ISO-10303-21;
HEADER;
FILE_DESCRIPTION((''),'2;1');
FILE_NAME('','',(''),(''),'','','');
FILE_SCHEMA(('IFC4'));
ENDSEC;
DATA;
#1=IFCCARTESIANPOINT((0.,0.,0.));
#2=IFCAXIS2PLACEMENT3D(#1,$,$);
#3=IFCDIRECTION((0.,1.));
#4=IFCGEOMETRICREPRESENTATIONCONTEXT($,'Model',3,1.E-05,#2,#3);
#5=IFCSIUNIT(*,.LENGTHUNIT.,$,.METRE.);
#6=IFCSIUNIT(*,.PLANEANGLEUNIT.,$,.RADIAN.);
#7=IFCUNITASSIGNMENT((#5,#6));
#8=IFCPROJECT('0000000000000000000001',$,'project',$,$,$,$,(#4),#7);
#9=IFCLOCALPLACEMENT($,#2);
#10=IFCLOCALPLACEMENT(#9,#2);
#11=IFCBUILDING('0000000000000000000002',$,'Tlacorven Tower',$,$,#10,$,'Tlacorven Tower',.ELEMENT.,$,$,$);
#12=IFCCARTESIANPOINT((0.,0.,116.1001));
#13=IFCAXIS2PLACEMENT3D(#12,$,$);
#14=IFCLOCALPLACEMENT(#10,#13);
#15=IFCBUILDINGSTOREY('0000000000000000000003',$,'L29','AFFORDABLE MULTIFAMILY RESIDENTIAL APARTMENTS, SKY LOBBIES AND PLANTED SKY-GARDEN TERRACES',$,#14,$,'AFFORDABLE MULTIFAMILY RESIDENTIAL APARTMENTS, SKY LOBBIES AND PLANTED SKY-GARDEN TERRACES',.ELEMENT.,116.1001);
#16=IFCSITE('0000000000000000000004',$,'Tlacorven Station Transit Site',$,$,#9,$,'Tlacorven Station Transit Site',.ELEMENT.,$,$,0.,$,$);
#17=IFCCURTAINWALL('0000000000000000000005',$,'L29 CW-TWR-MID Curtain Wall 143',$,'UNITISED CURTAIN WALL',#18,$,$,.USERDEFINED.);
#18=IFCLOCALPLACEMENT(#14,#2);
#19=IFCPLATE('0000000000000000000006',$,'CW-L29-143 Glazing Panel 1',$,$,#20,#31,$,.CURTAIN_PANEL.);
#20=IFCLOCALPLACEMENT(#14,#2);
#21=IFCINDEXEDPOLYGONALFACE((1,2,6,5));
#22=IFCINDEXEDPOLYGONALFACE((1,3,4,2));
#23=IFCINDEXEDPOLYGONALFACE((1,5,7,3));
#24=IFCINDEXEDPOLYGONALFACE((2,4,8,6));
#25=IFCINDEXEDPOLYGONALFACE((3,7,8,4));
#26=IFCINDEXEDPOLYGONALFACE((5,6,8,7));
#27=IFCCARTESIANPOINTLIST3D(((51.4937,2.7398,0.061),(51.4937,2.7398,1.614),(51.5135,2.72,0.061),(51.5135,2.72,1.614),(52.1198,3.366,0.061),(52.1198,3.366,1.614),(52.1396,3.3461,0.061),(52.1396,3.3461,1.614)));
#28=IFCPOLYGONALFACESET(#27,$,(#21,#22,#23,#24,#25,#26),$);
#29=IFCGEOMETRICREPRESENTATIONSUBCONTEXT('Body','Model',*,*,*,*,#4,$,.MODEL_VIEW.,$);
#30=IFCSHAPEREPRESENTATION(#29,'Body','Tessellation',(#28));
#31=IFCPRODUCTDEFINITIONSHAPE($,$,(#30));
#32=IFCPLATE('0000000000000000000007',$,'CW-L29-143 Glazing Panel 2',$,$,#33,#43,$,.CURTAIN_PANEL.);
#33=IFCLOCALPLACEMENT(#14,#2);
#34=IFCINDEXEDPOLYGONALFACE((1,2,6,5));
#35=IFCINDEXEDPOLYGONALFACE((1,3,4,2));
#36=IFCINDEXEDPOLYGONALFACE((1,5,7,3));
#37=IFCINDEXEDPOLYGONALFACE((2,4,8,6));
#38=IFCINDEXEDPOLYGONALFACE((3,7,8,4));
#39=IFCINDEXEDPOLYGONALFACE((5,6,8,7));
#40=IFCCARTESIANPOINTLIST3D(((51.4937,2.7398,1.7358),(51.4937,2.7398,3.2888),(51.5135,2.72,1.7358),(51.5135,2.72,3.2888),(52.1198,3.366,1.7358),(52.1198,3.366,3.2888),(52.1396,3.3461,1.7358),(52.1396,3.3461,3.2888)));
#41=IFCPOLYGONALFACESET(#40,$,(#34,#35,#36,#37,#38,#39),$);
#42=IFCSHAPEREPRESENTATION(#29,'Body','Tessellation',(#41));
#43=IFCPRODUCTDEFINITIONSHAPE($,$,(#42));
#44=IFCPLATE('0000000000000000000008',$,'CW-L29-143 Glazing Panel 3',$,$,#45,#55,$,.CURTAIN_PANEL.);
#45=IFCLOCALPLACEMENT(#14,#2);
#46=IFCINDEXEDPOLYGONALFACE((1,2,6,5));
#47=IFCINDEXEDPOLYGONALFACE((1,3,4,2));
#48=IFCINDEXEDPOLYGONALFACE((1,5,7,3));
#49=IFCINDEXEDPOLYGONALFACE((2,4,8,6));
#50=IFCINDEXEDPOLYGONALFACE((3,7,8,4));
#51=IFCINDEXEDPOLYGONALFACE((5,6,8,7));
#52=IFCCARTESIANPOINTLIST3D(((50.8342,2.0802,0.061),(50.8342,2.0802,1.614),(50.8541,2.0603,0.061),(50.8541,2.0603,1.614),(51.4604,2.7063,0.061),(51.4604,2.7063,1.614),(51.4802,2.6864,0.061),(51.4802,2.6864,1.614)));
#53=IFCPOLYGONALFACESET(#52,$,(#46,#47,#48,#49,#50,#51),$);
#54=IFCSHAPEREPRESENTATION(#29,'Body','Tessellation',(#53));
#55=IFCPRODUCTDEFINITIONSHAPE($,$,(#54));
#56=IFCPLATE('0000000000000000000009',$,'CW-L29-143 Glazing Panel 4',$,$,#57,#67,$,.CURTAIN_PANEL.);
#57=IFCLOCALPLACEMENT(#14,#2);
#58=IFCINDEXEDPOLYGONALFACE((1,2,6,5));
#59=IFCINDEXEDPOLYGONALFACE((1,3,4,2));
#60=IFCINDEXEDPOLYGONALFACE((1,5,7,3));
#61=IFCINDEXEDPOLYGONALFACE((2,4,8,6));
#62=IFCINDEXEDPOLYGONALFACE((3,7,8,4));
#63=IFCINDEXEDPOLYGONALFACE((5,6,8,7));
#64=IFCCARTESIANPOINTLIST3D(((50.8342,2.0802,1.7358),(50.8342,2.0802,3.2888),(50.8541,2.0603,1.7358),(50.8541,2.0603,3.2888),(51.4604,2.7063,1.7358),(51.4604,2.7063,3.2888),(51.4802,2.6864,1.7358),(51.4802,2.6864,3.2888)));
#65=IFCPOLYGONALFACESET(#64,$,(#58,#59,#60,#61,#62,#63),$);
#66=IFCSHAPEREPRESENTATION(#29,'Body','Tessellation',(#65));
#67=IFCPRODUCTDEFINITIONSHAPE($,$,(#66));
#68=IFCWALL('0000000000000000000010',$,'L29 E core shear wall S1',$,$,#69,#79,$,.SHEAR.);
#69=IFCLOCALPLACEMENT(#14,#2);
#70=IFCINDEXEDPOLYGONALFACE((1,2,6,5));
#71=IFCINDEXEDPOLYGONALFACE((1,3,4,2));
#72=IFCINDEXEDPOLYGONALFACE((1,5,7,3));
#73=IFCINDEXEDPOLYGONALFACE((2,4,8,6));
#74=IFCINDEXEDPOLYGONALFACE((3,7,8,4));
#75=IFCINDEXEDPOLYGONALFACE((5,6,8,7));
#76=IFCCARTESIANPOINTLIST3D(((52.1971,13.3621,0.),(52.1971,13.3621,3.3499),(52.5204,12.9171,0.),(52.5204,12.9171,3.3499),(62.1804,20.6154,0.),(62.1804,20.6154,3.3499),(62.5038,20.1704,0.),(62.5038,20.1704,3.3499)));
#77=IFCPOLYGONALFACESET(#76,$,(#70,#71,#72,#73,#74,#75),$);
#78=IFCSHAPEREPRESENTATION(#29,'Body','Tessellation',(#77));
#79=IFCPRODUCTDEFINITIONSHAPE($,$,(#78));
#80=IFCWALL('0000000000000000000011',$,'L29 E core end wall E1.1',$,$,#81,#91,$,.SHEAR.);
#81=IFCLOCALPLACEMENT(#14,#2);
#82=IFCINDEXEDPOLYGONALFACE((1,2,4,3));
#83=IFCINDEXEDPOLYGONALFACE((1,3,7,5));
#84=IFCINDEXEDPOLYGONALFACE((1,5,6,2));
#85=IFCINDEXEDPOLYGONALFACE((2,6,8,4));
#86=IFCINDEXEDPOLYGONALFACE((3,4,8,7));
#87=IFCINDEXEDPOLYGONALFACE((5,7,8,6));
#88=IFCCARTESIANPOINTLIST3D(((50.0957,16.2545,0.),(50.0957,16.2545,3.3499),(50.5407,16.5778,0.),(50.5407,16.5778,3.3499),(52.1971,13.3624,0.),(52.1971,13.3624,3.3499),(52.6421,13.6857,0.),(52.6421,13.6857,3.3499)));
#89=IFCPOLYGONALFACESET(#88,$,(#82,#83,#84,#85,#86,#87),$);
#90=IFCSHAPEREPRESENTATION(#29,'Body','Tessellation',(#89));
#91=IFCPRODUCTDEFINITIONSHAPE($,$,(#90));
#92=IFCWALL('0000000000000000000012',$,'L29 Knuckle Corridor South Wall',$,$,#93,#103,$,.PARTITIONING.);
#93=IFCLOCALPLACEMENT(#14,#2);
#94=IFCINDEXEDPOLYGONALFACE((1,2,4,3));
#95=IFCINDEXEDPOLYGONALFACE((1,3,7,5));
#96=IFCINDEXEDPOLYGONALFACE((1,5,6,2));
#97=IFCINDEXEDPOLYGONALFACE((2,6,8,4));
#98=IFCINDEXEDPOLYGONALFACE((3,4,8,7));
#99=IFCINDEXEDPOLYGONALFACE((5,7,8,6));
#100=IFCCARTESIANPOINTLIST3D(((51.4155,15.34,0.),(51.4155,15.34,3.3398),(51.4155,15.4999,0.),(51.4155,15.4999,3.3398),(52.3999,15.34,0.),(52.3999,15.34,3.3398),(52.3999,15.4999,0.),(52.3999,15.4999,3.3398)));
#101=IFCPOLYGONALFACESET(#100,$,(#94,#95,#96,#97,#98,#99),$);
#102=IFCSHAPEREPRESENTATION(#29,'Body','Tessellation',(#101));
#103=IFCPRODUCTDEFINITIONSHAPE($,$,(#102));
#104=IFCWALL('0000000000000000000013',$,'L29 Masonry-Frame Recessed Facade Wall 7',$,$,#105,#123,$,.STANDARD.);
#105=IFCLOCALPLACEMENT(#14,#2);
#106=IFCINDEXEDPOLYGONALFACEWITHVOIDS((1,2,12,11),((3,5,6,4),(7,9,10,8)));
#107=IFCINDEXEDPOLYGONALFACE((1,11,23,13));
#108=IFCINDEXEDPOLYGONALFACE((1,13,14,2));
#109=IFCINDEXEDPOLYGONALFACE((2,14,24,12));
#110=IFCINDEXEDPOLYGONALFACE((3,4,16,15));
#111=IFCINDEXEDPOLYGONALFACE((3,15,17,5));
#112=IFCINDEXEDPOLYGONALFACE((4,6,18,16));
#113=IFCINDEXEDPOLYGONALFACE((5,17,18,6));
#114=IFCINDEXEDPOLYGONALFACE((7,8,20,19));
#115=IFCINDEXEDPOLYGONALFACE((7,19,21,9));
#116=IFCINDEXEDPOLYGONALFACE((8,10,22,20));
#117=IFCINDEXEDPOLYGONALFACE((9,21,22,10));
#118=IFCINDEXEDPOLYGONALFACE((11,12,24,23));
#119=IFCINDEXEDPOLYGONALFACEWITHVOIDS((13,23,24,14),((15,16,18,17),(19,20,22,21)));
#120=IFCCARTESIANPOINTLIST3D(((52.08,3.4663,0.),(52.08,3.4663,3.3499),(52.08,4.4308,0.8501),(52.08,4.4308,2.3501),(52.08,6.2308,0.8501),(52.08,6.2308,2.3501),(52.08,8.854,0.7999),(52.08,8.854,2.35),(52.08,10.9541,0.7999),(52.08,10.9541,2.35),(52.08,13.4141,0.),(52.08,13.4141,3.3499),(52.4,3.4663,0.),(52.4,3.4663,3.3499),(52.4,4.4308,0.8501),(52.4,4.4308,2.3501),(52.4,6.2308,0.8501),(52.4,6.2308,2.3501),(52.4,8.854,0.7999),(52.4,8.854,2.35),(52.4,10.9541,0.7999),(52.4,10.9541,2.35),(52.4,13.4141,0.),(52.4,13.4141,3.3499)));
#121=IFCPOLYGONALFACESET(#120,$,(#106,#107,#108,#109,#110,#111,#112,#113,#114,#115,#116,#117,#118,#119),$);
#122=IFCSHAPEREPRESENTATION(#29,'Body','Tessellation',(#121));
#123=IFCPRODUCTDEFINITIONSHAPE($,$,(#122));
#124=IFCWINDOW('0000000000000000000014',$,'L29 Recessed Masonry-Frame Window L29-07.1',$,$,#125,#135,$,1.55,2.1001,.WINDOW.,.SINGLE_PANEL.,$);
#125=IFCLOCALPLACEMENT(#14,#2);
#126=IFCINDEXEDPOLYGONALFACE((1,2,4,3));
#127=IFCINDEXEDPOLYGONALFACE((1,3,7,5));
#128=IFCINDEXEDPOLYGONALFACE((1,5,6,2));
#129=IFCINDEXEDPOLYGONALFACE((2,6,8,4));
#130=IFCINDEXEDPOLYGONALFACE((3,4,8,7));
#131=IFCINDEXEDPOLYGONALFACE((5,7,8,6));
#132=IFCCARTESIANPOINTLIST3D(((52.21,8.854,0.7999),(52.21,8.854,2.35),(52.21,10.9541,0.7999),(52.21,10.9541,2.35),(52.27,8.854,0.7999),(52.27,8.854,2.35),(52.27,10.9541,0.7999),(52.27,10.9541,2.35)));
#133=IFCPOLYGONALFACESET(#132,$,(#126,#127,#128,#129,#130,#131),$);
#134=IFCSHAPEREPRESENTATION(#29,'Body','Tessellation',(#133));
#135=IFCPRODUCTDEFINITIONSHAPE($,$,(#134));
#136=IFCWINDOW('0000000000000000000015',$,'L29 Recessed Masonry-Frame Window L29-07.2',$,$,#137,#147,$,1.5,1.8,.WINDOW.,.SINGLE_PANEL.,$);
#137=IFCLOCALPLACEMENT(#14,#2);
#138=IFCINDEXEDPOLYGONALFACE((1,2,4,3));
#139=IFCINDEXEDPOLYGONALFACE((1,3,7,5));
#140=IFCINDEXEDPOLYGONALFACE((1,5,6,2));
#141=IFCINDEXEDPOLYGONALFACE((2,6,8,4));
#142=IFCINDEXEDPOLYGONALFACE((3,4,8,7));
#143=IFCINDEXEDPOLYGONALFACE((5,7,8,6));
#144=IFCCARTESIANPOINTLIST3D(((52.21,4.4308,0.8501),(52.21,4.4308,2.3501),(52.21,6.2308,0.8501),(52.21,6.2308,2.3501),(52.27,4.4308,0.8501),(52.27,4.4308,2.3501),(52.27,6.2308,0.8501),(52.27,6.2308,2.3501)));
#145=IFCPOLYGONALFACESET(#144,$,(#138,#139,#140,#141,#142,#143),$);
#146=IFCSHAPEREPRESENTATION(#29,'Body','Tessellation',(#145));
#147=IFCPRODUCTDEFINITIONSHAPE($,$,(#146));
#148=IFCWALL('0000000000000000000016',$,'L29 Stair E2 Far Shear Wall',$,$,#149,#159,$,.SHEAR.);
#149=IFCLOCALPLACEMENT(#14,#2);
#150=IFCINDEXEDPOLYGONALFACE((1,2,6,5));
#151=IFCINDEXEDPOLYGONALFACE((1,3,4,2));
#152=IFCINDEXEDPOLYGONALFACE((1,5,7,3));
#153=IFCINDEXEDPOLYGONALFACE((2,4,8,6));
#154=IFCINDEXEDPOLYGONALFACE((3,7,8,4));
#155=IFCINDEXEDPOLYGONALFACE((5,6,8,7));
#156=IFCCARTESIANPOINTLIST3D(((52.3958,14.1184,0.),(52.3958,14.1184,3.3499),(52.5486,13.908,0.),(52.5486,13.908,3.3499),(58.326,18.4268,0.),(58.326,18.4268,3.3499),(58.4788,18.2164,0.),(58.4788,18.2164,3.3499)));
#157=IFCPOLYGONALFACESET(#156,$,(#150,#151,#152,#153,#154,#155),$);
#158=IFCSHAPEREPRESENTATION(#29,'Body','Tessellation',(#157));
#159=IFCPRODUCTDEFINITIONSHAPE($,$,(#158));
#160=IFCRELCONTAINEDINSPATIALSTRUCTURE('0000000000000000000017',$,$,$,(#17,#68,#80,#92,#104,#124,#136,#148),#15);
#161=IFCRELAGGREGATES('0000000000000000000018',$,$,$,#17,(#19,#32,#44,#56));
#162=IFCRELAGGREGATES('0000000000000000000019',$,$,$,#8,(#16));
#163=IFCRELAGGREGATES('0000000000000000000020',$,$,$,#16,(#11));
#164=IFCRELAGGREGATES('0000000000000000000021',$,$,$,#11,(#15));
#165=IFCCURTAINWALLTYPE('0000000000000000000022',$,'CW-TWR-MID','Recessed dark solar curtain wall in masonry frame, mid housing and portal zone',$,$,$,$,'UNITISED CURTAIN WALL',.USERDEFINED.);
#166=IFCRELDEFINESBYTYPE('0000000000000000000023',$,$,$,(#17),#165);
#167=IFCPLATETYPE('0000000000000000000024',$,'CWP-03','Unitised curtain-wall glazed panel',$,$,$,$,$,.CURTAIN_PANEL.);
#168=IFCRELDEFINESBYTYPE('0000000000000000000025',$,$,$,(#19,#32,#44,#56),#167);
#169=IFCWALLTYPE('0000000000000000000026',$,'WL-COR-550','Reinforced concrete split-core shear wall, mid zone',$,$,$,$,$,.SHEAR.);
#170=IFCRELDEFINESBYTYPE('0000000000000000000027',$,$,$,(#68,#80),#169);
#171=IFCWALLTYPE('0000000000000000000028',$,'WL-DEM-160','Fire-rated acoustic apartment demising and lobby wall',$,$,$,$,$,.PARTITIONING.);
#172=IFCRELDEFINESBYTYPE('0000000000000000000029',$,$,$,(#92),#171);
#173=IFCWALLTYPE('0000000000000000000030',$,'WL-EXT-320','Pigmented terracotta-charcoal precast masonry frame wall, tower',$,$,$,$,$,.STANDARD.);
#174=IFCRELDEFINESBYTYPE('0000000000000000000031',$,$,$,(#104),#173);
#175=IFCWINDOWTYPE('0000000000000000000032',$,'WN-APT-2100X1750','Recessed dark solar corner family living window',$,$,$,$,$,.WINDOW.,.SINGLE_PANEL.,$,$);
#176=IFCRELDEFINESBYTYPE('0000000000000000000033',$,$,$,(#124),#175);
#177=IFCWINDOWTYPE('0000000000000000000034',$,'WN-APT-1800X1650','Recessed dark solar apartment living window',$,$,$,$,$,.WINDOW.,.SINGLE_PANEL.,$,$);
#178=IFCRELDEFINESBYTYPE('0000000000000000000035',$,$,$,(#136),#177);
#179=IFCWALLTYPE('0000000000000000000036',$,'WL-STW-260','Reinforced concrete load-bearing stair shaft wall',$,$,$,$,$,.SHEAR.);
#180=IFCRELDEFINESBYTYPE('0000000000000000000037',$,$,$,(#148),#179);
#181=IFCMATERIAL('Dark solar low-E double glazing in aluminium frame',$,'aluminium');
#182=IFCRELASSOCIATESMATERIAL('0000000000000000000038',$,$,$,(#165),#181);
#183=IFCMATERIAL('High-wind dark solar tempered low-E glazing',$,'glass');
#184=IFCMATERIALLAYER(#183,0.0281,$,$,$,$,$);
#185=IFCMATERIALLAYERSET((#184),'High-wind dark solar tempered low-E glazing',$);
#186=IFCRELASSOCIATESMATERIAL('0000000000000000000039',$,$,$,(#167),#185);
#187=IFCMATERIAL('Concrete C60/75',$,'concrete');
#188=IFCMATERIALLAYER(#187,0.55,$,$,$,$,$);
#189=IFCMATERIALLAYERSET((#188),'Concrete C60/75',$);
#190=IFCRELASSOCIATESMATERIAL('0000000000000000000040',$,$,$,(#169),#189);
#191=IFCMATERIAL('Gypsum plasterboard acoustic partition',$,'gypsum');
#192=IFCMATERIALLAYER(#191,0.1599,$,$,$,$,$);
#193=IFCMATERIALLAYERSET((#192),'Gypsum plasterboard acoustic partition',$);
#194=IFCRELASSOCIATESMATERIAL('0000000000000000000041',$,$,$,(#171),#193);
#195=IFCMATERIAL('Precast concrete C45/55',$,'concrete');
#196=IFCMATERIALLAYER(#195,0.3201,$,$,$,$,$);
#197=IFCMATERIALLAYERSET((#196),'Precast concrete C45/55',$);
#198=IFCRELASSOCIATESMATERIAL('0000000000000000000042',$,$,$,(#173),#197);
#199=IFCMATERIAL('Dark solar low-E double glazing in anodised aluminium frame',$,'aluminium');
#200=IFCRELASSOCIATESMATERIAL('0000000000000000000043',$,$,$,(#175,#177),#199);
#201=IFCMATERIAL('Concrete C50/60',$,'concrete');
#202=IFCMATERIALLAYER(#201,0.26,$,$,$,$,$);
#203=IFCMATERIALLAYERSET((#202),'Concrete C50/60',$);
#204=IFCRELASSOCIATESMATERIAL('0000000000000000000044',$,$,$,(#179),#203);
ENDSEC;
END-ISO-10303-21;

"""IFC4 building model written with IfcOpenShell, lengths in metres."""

from ifc_helpers import new_model, si_unit, direction, frame, frame_2d, origin, origin_2d, place, context, subcontext, project, spatial, rectangle, extrude, source, transform, mapped, material, layer, layer_set, type_object, element, fill, aggregate, save


model = new_model("IFC4")

# Units and contexts
model_context = context("Model", 3, precision=1e-05, world=origin(), true_north=direction((0.0, 1.0)))
body_context = subcontext(model_context, "Body", "Model", "MODEL_VIEW")
ifc_project = project(units=[si_unit("LENGTHUNIT", "METRE"), si_unit("PLANEANGLEUNIT", "RADIAN")], contexts=[model_context])

# Site, building, storey
site_placement = place(None, origin())
site = spatial("IfcSite", under=ifc_project, at=site_placement, Name="Tlacorven Station Transit Site", LongName="Tlacorven Station Transit Site", CompositionType="ELEMENT", RefElevation=0.0)
building_placement = place(site_placement, origin())
building = spatial("IfcBuilding", under=site, at=building_placement, Name="Tlacorven Tower", LongName="Tlacorven Tower", CompositionType="ELEMENT")
storey_placement = place(building_placement, frame((0.0, 0.0, 116.1001)))
storey = spatial("IfcBuildingStorey", under=building, at=storey_placement, Name="L29", Description="AFFORDABLE MULTIFAMILY RESIDENTIAL APARTMENTS, SKY LOBBIES AND PLANTED SKY-GARDEN TERRACES", LongName="AFFORDABLE MULTIFAMILY RESIDENTIAL APARTMENTS, SKY LOBBIES AND PLANTED SKY-GARDEN TERRACES", CompositionType="ELEMENT", Elevation=116.1001)

# Curtain wall, plates
ifc_material_1 = material(Name="Dark solar low-E double glazing in aluminium frame", Category="aluminium")
curtain_wall_type = type_object("IfcCurtainWallType", Name="CW-TWR-MID", Description="Recessed dark solar curtain wall in masonry frame, mid housing and portal zone", ElementType="UNITISED CURTAIN WALL", PredefinedType="USERDEFINED", material=ifc_material_1)
curtain_wall_placement = place(storey_placement, origin())
curtain_wall = element("IfcCurtainWall", 1, at=curtain_wall_placement, inside=storey, type_object=curtain_wall_type, Name="L29 CW-TWR-MID Curtain Wall 143", ObjectType="UNITISED CURTAIN WALL", PredefinedType="USERDEFINED")
ifc_material_2 = material(Name="High-wind dark solar tempered low-E glazing", Category="glass")
ifc_layer_1 = layer(ifc_material_2, 0.0281)
ifc_layer_set_1 = layer_set([ifc_layer_1], Name="High-wind dark solar tempered low-E glazing")
plate_type = type_object("IfcPlateType", Name="CWP-03", Description="Unitised curtain-wall glazed panel", PredefinedType="CURTAIN_PANEL", material=ifc_layer_set_1)
shared_shape_1 = source(origin(), body_context, "Body", "SweptSolid", [
    extrude(rectangle(XDim=0.8855, YDim=0.0281, at=origin_2d()), origin(), (0.0, 0.0, 1.0), 1.553),
])
plate_1_placement = place(storey_placement, frame((51.8167, 3.043, 0.061), z_axis=(0.0, 0.0, 1.0), x_axis=(-0.707107, -0.707107, 0.0)))
plate_1 = element("IfcPlate", 2, at=plate_1_placement, type_object=plate_type, Name="CW-L29-143 Glazing Panel 1", PredefinedType="CURTAIN_PANEL", context=body_context, shape_type="MappedRepresentation", body=[
    mapped(shared_shape_1, transform((0.0, 0.0, 0.0), scale=1.0)),
])
plate_2_placement = place(storey_placement, frame((51.8167, 3.043, 1.7358), z_axis=(0.0, 0.0, 1.0), x_axis=(-0.707107, -0.707107, 0.0)))
plate_2 = element("IfcPlate", 3, at=plate_2_placement, type_object=plate_type, Name="CW-L29-143 Glazing Panel 2", PredefinedType="CURTAIN_PANEL", context=body_context, shape_type="MappedRepresentation", body=[
    mapped(shared_shape_1, transform((0.0, 0.0, 0.0), scale=1.0)),
])
plate_3_placement = place(storey_placement, frame((51.1572, 2.3833, 0.061), z_axis=(0.0, 0.0, 1.0), x_axis=(-0.707107, -0.707107, 0.0)))
plate_3 = element("IfcPlate", 4, at=plate_3_placement, type_object=plate_type, Name="CW-L29-143 Glazing Panel 3", PredefinedType="CURTAIN_PANEL", context=body_context, shape_type="MappedRepresentation", body=[
    mapped(shared_shape_1, transform((0.0, 0.0, 0.0), scale=1.0)),
])
plate_4_placement = place(storey_placement, frame((51.1572, 2.3833, 1.7358), z_axis=(0.0, 0.0, 1.0), x_axis=(-0.707107, -0.707107, 0.0)))
plate_4 = element("IfcPlate", 5, at=plate_4_placement, type_object=plate_type, Name="CW-L29-143 Glazing Panel 4", PredefinedType="CURTAIN_PANEL", context=body_context, shape_type="MappedRepresentation", body=[
    mapped(shared_shape_1, transform((0.0, 0.0, 0.0), scale=1.0)),
])
aggregate(curtain_wall, [plate_1, plate_2, plate_3, plate_4])

# Walls
ifc_material_3 = material(Name="Concrete C60/75", Category="concrete")
ifc_layer_2 = layer(ifc_material_3, 0.55)
ifc_layer_set_2 = layer_set([ifc_layer_2], Name="Concrete C60/75")
wall_type_1 = type_object("IfcWallType", Name="WL-COR-550", Description="Reinforced concrete split-core shear wall, mid zone", PredefinedType="SHEAR", material=ifc_layer_set_2)
wall_1_placement = place(storey_placement, frame((52.3589, 13.1396, 0.0), z_axis=(0.0, 0.0, 1.0), x_axis=(0.809015, 0.587788, 0.0)))
element("IfcWall", 6, at=wall_1_placement, inside=storey, type_object=wall_type_1, Name="L29 E core shear wall S1", PredefinedType="SHEAR", context=body_context, shape_type="SweptSolid", body=[
    extrude(rectangle(XDim=12.3401, YDim=0.55, at=frame_2d((6.1699, 0.0))), origin(), (0.0, 0.0, 1.0), 3.3499),
])
wall_2_placement = place(storey_placement, frame((52.4197, 13.5239, 0.0), z_axis=(0.0, 0.0, 1.0), x_axis=(-0.587802, 0.809005, 0.0)))
element("IfcWall", 7, at=wall_2_placement, inside=storey, type_object=wall_type_1, Name="L29 E core end wall E1.1", PredefinedType="SHEAR", context=body_context, shape_type="SweptSolid", body=[
    extrude(rectangle(XDim=3.575, YDim=0.55, at=frame_2d((1.7876, 0.0))), origin(), (0.0, 0.0, 1.0), 3.3499),
])
ifc_material_4 = material(Name="Gypsum plasterboard acoustic partition", Category="gypsum")
ifc_layer_3 = layer(ifc_material_4, 0.1599)
ifc_layer_set_3 = layer_set([ifc_layer_3], Name="Gypsum plasterboard acoustic partition")
wall_type_2 = type_object("IfcWallType", Name="WL-DEM-160", Description="Fire-rated acoustic apartment demising and lobby wall", PredefinedType="PARTITIONING", material=ifc_layer_set_3)
wall_3_placement = place(storey_placement, frame((51.4155, 15.4199, 0.0), z_axis=(0.0, 0.0, 1.0), x_axis=(1.0, 0.0, 0.0)))
element("IfcWall", 8, at=wall_3_placement, inside=storey, type_object=wall_type_2, Name="L29 Knuckle Corridor South Wall", PredefinedType="PARTITIONING", context=body_context, shape_type="SweptSolid", body=[
    extrude(rectangle(XDim=0.9844, YDim=0.1599, at=frame_2d((0.4922, 0.0))), origin(), (0.0, 0.0, 1.0), 3.3398),
])

# Wall, openings, windows
ifc_material_5 = material(Name="Precast concrete C45/55", Category="concrete")
ifc_layer_4 = layer(ifc_material_5, 0.3201)
ifc_layer_set_4 = layer_set([ifc_layer_4], Name="Precast concrete C45/55")
wall_type_3 = type_object("IfcWallType", Name="WL-EXT-320", Description="Pigmented terracotta-charcoal precast masonry frame wall, tower", PredefinedType="STANDARD", material=ifc_layer_set_4)
wall_4_placement = place(storey_placement, frame((52.24, 13.4141, 0.0), z_axis=(0.0, 0.0, 1.0), x_axis=(0.0, -1.0, 0.0)))
wall_4 = element("IfcWall", 9, at=wall_4_placement, inside=storey, type_object=wall_type_3, Name="L29 Masonry-Frame Recessed Facade Wall 7", PredefinedType="STANDARD", context=body_context, shape_type="SweptSolid", body=[
    extrude(rectangle(XDim=9.9478, YDim=0.3201, at=frame_2d((4.9739, 0.0))), origin(), (0.0, 0.0, 1.0), 3.3499),
])
opening_1_placement = place(wall_4_placement, frame((2.46, 0.0, 0.8)))
opening_1 = element("IfcOpeningElement", 10, at=opening_1_placement, cuts=wall_4, PredefinedType="OPENING", context=body_context, shape_type="SweptSolid", body=[
    extrude(rectangle(XDim=2.1001, YDim=1.55, at=frame_2d((1.05, 0.7749))), frame((0.0, 0.1699, 0.0), z_axis=(0.0, -1.0, 0.0), x_axis=(1.0, 0.0, 0.0)), (0.0, 0.0, 1.0), 0.3401),
])
opening_2_placement = place(wall_4_placement, frame((7.1833, 0.0, 0.8501)))
opening_2 = element("IfcOpeningElement", 11, at=opening_2_placement, cuts=wall_4, PredefinedType="OPENING", context=body_context, shape_type="SweptSolid", body=[
    extrude(rectangle(XDim=1.8, YDim=1.5, at=frame_2d((0.8999, 0.75))), frame((0.0, 0.1699, 0.0), z_axis=(0.0, -1.0, 0.0), x_axis=(1.0, 0.0, 0.0)), (0.0, 0.0, 1.0), 0.3401),
])
ifc_material_6 = material(Name="Dark solar low-E double glazing in anodised aluminium frame", Category="aluminium")
window_type_1 = type_object("IfcWindowType", Name="WN-APT-2100X1750", Description="Recessed dark solar corner family living window", PartitioningType="SINGLE_PANEL", PredefinedType="WINDOW", material=ifc_material_6)
shared_shape_2 = source(origin(), body_context, "Body", "SweptSolid", [
    extrude(rectangle(XDim=2.1001, YDim=1.55, at=frame_2d((1.05, 0.7749))), frame((0.0, 0.03, 0.0), z_axis=(0.0, -1.0, 0.0), x_axis=(1.0, 0.0, 0.0)), (0.0, 0.0, 1.0), 0.0601),
])
window_1_placement = place(opening_1_placement, origin())
window_1 = element("IfcWindow", 12, at=window_1_placement, inside=storey, type_object=window_type_1, Name="L29 Recessed Masonry-Frame Window L29-07.1", OverallHeight=1.55, OverallWidth=2.1001, PartitioningType="SINGLE_PANEL", PredefinedType="WINDOW", context=body_context, shape_type="MappedRepresentation", body=[
    mapped(shared_shape_2, transform((0.0, 0.0, 0.0), scale=1.0)),
])
fill(opening_1, window_1)
window_type_2 = type_object("IfcWindowType", Name="WN-APT-1800X1650", Description="Recessed dark solar apartment living window", PartitioningType="SINGLE_PANEL", PredefinedType="WINDOW", material=ifc_material_6)
shared_shape_3 = source(origin(), body_context, "Body", "SweptSolid", [
    extrude(rectangle(XDim=1.8, YDim=1.5, at=frame_2d((0.8999, 0.75))), frame((0.0, 0.03, 0.0), z_axis=(0.0, -1.0, 0.0), x_axis=(1.0, 0.0, 0.0)), (0.0, 0.0, 1.0), 0.0601),
])
window_2_placement = place(opening_2_placement, origin())
window_2 = element("IfcWindow", 13, at=window_2_placement, inside=storey, type_object=window_type_2, Name="L29 Recessed Masonry-Frame Window L29-07.2", OverallHeight=1.5, OverallWidth=1.8, PartitioningType="SINGLE_PANEL", PredefinedType="WINDOW", context=body_context, shape_type="MappedRepresentation", body=[
    mapped(shared_shape_3, transform((0.0, 0.0, 0.0), scale=1.0)),
])
fill(opening_2, window_2)

# Wall
ifc_material_7 = material(Name="Concrete C50/60", Category="concrete")
ifc_layer_5 = layer(ifc_material_7, 0.26)
ifc_layer_set_5 = layer_set([ifc_layer_5], Name="Concrete C50/60")
wall_type_4 = type_object("IfcWallType", Name="WL-STW-260", Description="Reinforced concrete load-bearing stair shaft wall", PredefinedType="SHEAR", material=ifc_layer_set_5)
wall_5_placement = place(storey_placement, frame((52.4722, 14.0132, 0.0), z_axis=(0.0, 0.0, 1.0), x_axis=(0.809028, 0.58777, 0.0)))
element("IfcWall", 14, at=wall_5_placement, inside=storey, type_object=wall_type_4, Name="L29 Stair E2 Far Shear Wall", PredefinedType="SHEAR", context=body_context, shape_type="SweptSolid", body=[
    extrude(rectangle(XDim=7.3301, YDim=0.26, at=frame_2d((3.665, 0.0))), origin(), (0.0, 0.0, 1.0), 3.3499),
])

save(model, "model.ifc")
